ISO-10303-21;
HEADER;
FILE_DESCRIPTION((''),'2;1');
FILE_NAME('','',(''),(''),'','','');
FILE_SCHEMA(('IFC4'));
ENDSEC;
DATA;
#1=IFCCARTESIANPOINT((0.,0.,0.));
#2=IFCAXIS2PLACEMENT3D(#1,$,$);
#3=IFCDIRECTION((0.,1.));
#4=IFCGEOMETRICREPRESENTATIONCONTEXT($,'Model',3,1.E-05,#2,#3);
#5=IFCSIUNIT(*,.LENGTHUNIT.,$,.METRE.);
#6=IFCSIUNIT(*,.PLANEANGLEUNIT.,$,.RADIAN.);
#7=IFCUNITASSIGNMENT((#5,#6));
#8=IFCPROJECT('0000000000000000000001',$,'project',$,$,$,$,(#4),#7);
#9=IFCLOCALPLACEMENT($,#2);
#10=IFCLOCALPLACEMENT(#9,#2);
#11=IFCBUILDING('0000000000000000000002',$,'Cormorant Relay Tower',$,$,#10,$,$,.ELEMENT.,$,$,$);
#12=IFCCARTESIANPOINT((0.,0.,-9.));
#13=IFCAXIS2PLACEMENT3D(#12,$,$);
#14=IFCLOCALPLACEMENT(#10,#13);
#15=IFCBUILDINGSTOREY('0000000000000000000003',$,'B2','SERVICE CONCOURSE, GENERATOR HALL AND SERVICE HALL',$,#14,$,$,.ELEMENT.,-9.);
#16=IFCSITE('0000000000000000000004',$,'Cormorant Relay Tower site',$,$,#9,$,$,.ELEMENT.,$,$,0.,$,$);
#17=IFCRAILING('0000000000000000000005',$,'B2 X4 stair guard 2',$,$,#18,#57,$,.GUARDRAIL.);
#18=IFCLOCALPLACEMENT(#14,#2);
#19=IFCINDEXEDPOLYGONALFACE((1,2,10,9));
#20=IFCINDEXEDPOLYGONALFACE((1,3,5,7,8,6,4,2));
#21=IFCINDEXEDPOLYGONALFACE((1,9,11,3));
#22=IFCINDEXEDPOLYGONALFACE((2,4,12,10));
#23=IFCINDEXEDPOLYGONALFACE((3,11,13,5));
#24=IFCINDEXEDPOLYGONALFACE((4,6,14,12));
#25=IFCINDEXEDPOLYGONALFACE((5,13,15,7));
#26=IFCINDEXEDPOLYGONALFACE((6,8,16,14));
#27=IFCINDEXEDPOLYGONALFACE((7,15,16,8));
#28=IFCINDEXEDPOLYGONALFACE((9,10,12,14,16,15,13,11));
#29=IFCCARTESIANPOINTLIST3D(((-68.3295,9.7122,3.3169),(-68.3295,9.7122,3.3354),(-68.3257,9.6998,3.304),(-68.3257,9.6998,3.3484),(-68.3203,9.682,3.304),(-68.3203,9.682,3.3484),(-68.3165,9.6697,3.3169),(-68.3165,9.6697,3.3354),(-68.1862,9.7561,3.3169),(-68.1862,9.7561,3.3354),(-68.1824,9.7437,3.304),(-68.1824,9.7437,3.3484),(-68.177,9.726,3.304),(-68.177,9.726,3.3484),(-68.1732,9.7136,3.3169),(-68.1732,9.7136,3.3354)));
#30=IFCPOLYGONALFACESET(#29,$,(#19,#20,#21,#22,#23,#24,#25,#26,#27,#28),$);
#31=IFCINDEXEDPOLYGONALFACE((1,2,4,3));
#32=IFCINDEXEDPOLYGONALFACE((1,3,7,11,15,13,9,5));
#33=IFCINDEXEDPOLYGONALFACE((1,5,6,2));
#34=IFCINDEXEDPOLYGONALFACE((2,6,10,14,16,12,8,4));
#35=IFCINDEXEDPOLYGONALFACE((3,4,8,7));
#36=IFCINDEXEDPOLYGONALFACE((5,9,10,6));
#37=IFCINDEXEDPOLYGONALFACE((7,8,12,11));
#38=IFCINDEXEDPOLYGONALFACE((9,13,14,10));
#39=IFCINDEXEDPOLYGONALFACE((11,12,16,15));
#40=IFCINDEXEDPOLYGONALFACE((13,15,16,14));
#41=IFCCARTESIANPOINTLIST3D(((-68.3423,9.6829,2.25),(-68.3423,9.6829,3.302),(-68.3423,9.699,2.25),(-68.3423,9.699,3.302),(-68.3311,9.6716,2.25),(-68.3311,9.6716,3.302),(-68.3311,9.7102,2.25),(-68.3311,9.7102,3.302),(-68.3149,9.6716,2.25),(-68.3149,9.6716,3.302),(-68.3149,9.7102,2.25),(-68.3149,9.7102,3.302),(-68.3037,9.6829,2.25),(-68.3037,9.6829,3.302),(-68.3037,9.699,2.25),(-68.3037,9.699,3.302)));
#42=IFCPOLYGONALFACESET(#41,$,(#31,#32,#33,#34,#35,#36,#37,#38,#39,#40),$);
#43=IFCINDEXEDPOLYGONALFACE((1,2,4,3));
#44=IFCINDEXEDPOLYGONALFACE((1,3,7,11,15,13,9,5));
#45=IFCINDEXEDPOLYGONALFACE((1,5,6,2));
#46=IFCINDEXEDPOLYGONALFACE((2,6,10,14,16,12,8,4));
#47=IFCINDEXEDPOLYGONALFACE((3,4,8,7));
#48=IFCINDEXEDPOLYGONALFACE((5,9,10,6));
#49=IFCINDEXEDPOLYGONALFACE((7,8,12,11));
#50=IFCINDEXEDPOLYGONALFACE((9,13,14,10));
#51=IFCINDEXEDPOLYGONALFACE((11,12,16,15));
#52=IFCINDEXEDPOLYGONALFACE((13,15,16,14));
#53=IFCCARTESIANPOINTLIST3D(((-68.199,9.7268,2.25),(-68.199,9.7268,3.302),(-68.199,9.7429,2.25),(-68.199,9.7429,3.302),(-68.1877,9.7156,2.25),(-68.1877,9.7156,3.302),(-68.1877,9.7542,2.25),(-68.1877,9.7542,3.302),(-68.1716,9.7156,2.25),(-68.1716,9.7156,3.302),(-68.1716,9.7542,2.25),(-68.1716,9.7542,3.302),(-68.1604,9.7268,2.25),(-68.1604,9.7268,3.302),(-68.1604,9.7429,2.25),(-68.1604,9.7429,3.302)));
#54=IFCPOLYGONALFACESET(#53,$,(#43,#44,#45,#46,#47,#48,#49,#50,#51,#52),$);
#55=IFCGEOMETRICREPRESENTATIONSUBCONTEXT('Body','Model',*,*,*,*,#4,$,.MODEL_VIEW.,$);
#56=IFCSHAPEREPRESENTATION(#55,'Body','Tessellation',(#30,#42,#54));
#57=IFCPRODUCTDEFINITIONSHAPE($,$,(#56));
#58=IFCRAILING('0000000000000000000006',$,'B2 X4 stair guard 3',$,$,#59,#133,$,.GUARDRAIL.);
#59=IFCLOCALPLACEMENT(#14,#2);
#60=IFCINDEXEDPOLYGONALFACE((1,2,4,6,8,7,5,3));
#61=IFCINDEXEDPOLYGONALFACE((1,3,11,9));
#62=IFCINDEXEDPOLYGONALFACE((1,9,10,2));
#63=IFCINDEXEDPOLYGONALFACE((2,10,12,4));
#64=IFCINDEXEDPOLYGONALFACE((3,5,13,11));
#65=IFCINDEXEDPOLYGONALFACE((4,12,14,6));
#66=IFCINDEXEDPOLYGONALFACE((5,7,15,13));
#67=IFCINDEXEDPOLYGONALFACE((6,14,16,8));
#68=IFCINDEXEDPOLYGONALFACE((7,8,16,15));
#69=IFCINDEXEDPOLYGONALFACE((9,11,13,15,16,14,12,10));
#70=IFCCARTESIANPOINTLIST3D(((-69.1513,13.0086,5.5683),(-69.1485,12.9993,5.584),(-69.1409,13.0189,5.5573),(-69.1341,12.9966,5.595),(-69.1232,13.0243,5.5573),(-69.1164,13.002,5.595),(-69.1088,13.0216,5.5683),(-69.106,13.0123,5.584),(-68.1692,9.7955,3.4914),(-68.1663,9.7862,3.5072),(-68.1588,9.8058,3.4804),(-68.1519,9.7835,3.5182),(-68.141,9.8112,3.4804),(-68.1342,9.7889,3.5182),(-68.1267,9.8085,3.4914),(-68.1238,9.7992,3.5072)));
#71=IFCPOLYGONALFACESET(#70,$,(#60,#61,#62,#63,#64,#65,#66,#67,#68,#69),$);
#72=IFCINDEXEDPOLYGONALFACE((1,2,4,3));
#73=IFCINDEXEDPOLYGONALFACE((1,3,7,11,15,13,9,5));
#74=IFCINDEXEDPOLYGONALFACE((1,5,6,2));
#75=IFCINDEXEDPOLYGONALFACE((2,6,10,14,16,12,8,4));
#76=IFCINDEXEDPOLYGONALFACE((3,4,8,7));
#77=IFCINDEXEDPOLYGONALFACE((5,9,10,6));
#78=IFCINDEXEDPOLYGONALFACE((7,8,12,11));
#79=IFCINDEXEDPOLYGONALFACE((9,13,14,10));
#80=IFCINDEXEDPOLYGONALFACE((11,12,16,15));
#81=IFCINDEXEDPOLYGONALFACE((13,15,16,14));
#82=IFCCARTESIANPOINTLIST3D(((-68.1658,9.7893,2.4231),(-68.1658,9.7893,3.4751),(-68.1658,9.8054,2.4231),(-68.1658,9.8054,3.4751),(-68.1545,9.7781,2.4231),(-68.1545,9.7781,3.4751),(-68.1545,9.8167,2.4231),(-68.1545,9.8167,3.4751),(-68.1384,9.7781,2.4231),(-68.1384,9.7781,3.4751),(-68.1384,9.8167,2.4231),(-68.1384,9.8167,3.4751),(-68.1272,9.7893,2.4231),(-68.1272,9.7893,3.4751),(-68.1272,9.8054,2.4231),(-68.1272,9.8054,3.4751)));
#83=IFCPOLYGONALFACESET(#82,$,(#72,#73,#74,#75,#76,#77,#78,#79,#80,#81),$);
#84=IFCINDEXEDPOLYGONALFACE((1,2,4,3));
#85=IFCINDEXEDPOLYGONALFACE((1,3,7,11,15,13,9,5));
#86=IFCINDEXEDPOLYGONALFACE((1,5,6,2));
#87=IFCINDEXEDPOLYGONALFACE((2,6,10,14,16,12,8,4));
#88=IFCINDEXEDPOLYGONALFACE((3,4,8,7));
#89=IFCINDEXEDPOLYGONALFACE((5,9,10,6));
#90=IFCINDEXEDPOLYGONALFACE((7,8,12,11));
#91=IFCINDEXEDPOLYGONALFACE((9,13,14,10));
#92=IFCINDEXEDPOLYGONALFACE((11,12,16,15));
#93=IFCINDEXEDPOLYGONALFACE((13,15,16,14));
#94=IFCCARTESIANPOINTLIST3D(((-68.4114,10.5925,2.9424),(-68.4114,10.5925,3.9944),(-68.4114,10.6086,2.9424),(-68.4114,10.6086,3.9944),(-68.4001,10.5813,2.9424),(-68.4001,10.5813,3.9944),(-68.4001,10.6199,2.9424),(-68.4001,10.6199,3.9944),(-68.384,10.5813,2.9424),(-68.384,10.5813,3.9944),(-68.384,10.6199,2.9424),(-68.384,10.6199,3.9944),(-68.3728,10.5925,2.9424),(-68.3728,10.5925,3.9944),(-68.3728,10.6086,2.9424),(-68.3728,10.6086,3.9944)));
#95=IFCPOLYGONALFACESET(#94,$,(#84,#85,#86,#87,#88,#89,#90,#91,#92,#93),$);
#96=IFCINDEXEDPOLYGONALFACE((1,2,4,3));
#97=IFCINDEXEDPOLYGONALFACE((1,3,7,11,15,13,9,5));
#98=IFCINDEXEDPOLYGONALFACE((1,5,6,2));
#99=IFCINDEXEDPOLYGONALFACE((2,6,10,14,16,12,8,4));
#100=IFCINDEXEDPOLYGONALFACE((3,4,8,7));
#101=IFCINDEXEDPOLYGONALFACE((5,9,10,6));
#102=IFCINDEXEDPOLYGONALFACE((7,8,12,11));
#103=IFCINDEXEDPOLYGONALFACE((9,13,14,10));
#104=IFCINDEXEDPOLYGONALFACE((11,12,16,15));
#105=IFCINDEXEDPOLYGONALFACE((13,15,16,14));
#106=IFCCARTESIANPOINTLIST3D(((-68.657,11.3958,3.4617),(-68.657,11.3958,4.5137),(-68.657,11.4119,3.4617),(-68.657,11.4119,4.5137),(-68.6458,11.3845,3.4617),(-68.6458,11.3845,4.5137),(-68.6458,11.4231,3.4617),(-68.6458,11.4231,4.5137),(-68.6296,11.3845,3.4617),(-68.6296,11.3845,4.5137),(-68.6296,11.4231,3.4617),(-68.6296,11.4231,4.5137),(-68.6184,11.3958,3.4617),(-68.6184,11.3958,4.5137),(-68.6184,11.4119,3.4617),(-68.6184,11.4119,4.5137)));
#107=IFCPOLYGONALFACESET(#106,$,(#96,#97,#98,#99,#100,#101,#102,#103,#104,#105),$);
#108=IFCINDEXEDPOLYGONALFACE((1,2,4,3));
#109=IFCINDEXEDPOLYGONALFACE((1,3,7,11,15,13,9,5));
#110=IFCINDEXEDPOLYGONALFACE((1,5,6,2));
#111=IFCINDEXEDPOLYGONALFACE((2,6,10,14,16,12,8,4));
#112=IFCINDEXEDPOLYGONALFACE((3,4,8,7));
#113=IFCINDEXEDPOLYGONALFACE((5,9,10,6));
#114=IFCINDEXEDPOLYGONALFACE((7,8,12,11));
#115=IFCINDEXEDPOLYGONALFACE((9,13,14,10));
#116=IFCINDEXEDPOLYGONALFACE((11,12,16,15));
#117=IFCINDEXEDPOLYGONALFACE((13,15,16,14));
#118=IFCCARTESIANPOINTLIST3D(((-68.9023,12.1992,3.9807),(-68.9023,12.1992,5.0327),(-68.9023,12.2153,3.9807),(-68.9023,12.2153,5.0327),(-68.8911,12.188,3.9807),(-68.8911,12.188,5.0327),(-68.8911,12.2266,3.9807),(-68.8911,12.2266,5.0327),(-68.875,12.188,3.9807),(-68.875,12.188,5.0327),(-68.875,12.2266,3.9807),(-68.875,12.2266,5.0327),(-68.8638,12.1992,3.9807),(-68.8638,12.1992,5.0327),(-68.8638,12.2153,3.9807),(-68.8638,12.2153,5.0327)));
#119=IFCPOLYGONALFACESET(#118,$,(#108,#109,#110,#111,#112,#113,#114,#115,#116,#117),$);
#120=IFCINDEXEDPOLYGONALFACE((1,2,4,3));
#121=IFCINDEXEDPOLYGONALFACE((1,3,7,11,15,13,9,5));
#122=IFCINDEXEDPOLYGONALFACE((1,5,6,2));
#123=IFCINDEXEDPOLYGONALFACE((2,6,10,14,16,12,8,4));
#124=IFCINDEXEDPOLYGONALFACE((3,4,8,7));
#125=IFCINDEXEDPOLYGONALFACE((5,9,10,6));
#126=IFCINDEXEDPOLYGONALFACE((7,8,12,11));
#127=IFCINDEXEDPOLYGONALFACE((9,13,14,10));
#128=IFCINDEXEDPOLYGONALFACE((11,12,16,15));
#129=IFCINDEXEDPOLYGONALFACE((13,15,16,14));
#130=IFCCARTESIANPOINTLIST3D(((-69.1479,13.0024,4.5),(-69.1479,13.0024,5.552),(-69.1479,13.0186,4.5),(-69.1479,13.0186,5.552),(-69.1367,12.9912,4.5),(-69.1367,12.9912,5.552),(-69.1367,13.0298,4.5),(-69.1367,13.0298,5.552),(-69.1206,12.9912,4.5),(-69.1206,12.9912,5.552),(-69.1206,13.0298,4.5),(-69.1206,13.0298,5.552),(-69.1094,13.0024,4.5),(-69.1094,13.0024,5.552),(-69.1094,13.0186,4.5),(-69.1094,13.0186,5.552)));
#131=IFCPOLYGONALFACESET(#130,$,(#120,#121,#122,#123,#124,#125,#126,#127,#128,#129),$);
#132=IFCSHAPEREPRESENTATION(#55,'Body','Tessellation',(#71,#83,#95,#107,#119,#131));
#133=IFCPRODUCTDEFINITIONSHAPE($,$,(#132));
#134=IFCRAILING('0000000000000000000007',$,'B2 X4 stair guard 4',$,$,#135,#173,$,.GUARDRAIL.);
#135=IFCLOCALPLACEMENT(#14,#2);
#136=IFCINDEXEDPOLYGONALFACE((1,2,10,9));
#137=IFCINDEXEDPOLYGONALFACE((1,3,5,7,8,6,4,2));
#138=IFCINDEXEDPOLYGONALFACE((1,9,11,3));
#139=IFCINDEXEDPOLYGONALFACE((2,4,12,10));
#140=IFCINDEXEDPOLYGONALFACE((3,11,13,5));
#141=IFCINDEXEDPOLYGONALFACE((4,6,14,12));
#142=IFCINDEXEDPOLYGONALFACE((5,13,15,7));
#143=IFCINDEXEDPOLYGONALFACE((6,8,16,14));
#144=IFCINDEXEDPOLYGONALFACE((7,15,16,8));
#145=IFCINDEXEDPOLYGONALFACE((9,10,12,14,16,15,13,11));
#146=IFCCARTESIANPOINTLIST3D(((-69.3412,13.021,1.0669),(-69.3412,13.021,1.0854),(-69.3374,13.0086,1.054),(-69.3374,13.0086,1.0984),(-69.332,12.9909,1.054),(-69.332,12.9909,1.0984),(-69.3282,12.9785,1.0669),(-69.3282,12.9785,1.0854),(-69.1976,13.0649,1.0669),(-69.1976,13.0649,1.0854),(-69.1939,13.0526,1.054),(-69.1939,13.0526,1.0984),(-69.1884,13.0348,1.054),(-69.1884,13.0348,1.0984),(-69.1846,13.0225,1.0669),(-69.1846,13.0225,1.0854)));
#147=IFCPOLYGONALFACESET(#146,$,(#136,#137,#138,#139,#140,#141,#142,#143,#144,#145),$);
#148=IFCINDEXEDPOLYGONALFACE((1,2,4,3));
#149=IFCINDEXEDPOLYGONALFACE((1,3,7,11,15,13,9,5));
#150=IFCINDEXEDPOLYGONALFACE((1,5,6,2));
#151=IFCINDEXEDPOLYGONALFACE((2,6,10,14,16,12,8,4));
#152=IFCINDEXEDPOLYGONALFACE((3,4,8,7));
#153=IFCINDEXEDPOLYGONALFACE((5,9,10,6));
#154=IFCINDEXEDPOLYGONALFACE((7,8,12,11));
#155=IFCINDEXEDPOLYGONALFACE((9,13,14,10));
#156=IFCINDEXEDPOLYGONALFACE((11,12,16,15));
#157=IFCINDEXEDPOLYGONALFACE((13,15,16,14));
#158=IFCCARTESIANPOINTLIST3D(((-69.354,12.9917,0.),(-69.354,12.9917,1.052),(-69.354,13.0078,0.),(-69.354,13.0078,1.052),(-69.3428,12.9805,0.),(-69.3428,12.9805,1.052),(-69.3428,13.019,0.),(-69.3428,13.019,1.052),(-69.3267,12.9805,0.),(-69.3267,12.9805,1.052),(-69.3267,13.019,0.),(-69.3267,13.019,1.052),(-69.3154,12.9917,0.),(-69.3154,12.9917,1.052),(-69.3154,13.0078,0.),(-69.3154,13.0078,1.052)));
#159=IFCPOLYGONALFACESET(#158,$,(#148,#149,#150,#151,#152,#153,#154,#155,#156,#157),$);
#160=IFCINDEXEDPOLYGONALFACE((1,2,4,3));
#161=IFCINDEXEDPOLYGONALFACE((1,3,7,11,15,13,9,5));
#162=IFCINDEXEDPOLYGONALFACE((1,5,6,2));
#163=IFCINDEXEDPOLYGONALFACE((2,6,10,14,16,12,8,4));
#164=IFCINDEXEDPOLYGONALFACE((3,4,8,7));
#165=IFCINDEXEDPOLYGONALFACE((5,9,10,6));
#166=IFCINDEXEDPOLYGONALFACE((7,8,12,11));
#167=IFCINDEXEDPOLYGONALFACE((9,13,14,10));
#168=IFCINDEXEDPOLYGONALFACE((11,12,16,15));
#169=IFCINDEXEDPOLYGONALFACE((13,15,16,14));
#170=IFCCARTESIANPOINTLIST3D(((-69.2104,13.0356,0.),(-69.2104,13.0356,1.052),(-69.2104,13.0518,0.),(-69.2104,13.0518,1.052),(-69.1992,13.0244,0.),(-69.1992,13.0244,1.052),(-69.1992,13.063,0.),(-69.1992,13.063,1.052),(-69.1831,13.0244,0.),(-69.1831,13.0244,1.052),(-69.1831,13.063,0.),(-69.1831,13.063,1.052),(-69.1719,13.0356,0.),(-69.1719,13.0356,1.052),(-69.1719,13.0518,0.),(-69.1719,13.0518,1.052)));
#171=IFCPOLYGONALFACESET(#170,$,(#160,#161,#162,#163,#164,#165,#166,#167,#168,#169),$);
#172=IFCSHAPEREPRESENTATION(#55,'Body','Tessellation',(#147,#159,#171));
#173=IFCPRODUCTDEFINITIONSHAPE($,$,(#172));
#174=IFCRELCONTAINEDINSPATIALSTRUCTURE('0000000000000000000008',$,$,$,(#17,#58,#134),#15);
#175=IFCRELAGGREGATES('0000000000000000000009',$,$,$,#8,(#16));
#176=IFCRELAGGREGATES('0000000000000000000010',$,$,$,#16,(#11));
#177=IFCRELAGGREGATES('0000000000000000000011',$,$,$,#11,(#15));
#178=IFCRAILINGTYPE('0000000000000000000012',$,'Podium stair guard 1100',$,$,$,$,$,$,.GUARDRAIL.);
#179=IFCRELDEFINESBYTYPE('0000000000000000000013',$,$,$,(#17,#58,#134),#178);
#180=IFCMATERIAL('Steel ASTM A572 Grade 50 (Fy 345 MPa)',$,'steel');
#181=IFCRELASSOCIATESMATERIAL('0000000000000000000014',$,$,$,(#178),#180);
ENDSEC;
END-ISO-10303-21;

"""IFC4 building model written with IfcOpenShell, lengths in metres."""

from ifc_helpers import new_model, si_unit, direction, frame, origin, place, context, subcontext, project, spatial, polyline, outline, extrude, material, type_object, element, save


model = new_model("IFC4")

# Units and contexts
model_context = context("Model", 3, precision=1e-05, world=origin(), true_north=direction((0.0, 1.0)))
body_context = subcontext(model_context, "Body", "Model", "MODEL_VIEW")
ifc_project = project(units=[si_unit("LENGTHUNIT", "METRE"), si_unit("PLANEANGLEUNIT", "RADIAN")], contexts=[model_context])

# Site, building, storey
site_placement = place(None, origin())
site = spatial("IfcSite", under=ifc_project, at=site_placement, Name="Cormorant Relay Tower site", CompositionType="ELEMENT", RefElevation=0.0)
building_placement = place(site_placement, origin())
building = spatial("IfcBuilding", under=site, at=building_placement, Name="Cormorant Relay Tower", CompositionType="ELEMENT")
storey_placement = place(building_placement, frame((0.0, 0.0, -9.0)))
storey = spatial("IfcBuildingStorey", under=building, at=storey_placement, Name="B2", Description="SERVICE CONCOURSE, GENERATOR HALL AND SERVICE HALL", CompositionType="ELEMENT", Elevation=-9.0)

# Railings
ifc_material_1 = material(Name="Steel ASTM A572 Grade 50 (Fy 345 MPa)", Category="steel")
railing_type_1 = type_object("IfcRailingType", Name="Podium stair guard 1100", PredefinedType="GUARDRAIL", material=ifc_material_1)
railing_1_placement = place(storey_placement, frame((-68.323, 9.6909, 2.25)))
element("IfcRailing", 1, at=railing_1_placement, inside=storey, type_object=railing_type_1, Name="B2 X4 stair guard 2", PredefinedType="GUARDRAIL", context=body_context, shape_type="SweptSolid", body=[
    extrude(outline(polyline([(0.0222, 0.0093), (0.0093, 0.0222), (-0.0093, 0.0222), (-0.0222, 0.0093), (-0.0222, -0.0093), (-0.0093, -0.0222), (0.0093, -0.0222), (0.0222, -0.0093), (0.0222, 0.0093)])), frame((0.0, 0.0, 1.0762), z_axis=(0.95606, 0.29317, 0.0), x_axis=(-0.29317, 0.95606, 0.0)), (0.0, 0.0, 1.0), 0.1499),
    extrude(outline(polyline([(0.0193, 0.0081), (0.0081, 0.0193), (-0.0081, 0.0193), (-0.0193, 0.0081), (-0.0193, -0.0081), (-0.0081, -0.0193), (0.0081, -0.0193), (0.0193, -0.0081), (0.0193, 0.0081)])), origin(), (0.0, 0.0, 1.0), 1.052),
    extrude(outline(polyline([(0.0193, 0.0081), (0.0081, 0.0193), (-0.0081, 0.0193), (-0.0193, 0.0081), (-0.0193, -0.0081), (-0.0081, -0.0193), (0.0081, -0.0193), (0.0193, -0.0081), (0.0193, 0.0081)])), frame((0.1433, 0.0439, 0.0)), (0.0, 0.0, 1.0), 1.052),
])
railing_2_placement = place(storey_placement, frame((-68.1465, 9.7974, 2.4231)))
element("IfcRailing", 2, at=railing_2_placement, inside=storey, type_object=railing_type_1, Name="B2 X4 stair guard 3", PredefinedType="GUARDRAIL", context=body_context, shape_type="SweptSolid", body=[
    extrude(outline(polyline([(0.0222, 0.0093), (0.0093, 0.0222), (-0.0093, 0.0222), (-0.0222, 0.0093), (-0.0222, -0.0093), (-0.0093, -0.0222), (0.0093, -0.0222), (0.0222, -0.0093), (0.0222, 0.0093)])), frame((0.0, 0.0, 1.0762), z_axis=(-0.248653, 0.813453, 0.5258), x_axis=(-0.956319, -0.292324, 0.0)), (0.0, 0.0, 1.0), 3.95),
    extrude(outline(polyline([(0.0193, 0.0081), (0.0081, 0.0193), (-0.0081, 0.0193), (-0.0193, 0.0081), (-0.0193, -0.0081), (-0.0081, -0.0193), (0.0081, -0.0193), (0.0193, -0.0081), (0.0193, 0.0081)])), origin(), (0.0, 0.0, 1.0), 1.052),
    extrude(outline(polyline([(0.0193, 0.0081), (0.0081, 0.0193), (-0.0081, 0.0193), (-0.0193, 0.0081), (-0.0193, -0.0081), (-0.0081, -0.0193), (0.0081, -0.0193), (0.0193, -0.0081), (0.0193, 0.0081)])), frame((-0.2456, 0.8032, 0.5193)), (0.0, 0.0, 1.0), 1.052),
    extrude(outline(polyline([(0.0193, 0.0081), (0.0081, 0.0193), (-0.0081, 0.0193), (-0.0193, 0.0081), (-0.0193, -0.0081), (-0.0081, -0.0193), (0.0081, -0.0193), (0.0193, -0.0081), (0.0193, 0.0081)])), frame((-0.4912, 1.6064, 1.0386)), (0.0, 0.0, 1.0), 1.052),
    extrude(outline(polyline([(0.0193, 0.0081), (0.0081, 0.0193), (-0.0081, 0.0193), (-0.0193, 0.0081), (-0.0193, -0.0081), (-0.0081, -0.0193), (0.0081, -0.0193), (0.0193, -0.0081), (0.0193, 0.0081)])), frame((-0.7366, 2.4099, 1.5576)), (0.0, 0.0, 1.0), 1.052),
    extrude(outline(polyline([(0.0193, 0.0081), (0.0081, 0.0193), (-0.0081, 0.0193), (-0.0193, 0.0081), (-0.0193, -0.0081), (-0.0081, -0.0193), (0.0081, -0.0193), (0.0193, -0.0081), (0.0193, 0.0081)])), frame((-0.9822, 3.2131, 2.0769)), (0.0, 0.0, 1.0), 1.052),
])
railing_3_placement = place(storey_placement, frame((-69.3347, 12.9998, 0.0)))
element("IfcRailing", 3, at=railing_3_placement, inside=storey, type_object=railing_type_1, Name="B2 X4 stair guard 4", PredefinedType="GUARDRAIL", context=body_context, shape_type="SweptSolid", body=[
    extrude(outline(polyline([(0.0222, 0.0093), (0.0093, 0.0222), (-0.0093, 0.0222), (-0.0222, 0.0093), (-0.0222, -0.0093), (-0.0093, -0.0222), (0.0093, -0.0222), (0.0222, -0.0093), (0.0222, 0.0093)])), frame((0.0, 0.0, 1.0762), z_axis=(0.9562, 0.292714, 0.0), x_axis=(-0.292714, 0.9562, 0.0)), (0.0, 0.0, 1.0), 0.1501),
    extrude(outline(polyline([(0.0193, 0.0081), (0.0081, 0.0193), (-0.0081, 0.0193), (-0.0193, 0.0081), (-0.0193, -0.0081), (-0.0081, -0.0193), (0.0081, -0.0193), (0.0193, -0.0081), (0.0193, 0.0081)])), origin(), (0.0, 0.0, 1.0), 1.052),
    extrude(outline(polyline([(0.0193, 0.0081), (0.0081, 0.0193), (-0.0081, 0.0193), (-0.0193, 0.0081), (-0.0193, -0.0081), (-0.0081, -0.0193), (0.0081, -0.0193), (0.0193, -0.0081), (0.0193, 0.0081)])), frame((0.1436, 0.0439, 0.0)), (0.0, 0.0, 1.0), 1.052),
])

save(model, "model.ifc")
